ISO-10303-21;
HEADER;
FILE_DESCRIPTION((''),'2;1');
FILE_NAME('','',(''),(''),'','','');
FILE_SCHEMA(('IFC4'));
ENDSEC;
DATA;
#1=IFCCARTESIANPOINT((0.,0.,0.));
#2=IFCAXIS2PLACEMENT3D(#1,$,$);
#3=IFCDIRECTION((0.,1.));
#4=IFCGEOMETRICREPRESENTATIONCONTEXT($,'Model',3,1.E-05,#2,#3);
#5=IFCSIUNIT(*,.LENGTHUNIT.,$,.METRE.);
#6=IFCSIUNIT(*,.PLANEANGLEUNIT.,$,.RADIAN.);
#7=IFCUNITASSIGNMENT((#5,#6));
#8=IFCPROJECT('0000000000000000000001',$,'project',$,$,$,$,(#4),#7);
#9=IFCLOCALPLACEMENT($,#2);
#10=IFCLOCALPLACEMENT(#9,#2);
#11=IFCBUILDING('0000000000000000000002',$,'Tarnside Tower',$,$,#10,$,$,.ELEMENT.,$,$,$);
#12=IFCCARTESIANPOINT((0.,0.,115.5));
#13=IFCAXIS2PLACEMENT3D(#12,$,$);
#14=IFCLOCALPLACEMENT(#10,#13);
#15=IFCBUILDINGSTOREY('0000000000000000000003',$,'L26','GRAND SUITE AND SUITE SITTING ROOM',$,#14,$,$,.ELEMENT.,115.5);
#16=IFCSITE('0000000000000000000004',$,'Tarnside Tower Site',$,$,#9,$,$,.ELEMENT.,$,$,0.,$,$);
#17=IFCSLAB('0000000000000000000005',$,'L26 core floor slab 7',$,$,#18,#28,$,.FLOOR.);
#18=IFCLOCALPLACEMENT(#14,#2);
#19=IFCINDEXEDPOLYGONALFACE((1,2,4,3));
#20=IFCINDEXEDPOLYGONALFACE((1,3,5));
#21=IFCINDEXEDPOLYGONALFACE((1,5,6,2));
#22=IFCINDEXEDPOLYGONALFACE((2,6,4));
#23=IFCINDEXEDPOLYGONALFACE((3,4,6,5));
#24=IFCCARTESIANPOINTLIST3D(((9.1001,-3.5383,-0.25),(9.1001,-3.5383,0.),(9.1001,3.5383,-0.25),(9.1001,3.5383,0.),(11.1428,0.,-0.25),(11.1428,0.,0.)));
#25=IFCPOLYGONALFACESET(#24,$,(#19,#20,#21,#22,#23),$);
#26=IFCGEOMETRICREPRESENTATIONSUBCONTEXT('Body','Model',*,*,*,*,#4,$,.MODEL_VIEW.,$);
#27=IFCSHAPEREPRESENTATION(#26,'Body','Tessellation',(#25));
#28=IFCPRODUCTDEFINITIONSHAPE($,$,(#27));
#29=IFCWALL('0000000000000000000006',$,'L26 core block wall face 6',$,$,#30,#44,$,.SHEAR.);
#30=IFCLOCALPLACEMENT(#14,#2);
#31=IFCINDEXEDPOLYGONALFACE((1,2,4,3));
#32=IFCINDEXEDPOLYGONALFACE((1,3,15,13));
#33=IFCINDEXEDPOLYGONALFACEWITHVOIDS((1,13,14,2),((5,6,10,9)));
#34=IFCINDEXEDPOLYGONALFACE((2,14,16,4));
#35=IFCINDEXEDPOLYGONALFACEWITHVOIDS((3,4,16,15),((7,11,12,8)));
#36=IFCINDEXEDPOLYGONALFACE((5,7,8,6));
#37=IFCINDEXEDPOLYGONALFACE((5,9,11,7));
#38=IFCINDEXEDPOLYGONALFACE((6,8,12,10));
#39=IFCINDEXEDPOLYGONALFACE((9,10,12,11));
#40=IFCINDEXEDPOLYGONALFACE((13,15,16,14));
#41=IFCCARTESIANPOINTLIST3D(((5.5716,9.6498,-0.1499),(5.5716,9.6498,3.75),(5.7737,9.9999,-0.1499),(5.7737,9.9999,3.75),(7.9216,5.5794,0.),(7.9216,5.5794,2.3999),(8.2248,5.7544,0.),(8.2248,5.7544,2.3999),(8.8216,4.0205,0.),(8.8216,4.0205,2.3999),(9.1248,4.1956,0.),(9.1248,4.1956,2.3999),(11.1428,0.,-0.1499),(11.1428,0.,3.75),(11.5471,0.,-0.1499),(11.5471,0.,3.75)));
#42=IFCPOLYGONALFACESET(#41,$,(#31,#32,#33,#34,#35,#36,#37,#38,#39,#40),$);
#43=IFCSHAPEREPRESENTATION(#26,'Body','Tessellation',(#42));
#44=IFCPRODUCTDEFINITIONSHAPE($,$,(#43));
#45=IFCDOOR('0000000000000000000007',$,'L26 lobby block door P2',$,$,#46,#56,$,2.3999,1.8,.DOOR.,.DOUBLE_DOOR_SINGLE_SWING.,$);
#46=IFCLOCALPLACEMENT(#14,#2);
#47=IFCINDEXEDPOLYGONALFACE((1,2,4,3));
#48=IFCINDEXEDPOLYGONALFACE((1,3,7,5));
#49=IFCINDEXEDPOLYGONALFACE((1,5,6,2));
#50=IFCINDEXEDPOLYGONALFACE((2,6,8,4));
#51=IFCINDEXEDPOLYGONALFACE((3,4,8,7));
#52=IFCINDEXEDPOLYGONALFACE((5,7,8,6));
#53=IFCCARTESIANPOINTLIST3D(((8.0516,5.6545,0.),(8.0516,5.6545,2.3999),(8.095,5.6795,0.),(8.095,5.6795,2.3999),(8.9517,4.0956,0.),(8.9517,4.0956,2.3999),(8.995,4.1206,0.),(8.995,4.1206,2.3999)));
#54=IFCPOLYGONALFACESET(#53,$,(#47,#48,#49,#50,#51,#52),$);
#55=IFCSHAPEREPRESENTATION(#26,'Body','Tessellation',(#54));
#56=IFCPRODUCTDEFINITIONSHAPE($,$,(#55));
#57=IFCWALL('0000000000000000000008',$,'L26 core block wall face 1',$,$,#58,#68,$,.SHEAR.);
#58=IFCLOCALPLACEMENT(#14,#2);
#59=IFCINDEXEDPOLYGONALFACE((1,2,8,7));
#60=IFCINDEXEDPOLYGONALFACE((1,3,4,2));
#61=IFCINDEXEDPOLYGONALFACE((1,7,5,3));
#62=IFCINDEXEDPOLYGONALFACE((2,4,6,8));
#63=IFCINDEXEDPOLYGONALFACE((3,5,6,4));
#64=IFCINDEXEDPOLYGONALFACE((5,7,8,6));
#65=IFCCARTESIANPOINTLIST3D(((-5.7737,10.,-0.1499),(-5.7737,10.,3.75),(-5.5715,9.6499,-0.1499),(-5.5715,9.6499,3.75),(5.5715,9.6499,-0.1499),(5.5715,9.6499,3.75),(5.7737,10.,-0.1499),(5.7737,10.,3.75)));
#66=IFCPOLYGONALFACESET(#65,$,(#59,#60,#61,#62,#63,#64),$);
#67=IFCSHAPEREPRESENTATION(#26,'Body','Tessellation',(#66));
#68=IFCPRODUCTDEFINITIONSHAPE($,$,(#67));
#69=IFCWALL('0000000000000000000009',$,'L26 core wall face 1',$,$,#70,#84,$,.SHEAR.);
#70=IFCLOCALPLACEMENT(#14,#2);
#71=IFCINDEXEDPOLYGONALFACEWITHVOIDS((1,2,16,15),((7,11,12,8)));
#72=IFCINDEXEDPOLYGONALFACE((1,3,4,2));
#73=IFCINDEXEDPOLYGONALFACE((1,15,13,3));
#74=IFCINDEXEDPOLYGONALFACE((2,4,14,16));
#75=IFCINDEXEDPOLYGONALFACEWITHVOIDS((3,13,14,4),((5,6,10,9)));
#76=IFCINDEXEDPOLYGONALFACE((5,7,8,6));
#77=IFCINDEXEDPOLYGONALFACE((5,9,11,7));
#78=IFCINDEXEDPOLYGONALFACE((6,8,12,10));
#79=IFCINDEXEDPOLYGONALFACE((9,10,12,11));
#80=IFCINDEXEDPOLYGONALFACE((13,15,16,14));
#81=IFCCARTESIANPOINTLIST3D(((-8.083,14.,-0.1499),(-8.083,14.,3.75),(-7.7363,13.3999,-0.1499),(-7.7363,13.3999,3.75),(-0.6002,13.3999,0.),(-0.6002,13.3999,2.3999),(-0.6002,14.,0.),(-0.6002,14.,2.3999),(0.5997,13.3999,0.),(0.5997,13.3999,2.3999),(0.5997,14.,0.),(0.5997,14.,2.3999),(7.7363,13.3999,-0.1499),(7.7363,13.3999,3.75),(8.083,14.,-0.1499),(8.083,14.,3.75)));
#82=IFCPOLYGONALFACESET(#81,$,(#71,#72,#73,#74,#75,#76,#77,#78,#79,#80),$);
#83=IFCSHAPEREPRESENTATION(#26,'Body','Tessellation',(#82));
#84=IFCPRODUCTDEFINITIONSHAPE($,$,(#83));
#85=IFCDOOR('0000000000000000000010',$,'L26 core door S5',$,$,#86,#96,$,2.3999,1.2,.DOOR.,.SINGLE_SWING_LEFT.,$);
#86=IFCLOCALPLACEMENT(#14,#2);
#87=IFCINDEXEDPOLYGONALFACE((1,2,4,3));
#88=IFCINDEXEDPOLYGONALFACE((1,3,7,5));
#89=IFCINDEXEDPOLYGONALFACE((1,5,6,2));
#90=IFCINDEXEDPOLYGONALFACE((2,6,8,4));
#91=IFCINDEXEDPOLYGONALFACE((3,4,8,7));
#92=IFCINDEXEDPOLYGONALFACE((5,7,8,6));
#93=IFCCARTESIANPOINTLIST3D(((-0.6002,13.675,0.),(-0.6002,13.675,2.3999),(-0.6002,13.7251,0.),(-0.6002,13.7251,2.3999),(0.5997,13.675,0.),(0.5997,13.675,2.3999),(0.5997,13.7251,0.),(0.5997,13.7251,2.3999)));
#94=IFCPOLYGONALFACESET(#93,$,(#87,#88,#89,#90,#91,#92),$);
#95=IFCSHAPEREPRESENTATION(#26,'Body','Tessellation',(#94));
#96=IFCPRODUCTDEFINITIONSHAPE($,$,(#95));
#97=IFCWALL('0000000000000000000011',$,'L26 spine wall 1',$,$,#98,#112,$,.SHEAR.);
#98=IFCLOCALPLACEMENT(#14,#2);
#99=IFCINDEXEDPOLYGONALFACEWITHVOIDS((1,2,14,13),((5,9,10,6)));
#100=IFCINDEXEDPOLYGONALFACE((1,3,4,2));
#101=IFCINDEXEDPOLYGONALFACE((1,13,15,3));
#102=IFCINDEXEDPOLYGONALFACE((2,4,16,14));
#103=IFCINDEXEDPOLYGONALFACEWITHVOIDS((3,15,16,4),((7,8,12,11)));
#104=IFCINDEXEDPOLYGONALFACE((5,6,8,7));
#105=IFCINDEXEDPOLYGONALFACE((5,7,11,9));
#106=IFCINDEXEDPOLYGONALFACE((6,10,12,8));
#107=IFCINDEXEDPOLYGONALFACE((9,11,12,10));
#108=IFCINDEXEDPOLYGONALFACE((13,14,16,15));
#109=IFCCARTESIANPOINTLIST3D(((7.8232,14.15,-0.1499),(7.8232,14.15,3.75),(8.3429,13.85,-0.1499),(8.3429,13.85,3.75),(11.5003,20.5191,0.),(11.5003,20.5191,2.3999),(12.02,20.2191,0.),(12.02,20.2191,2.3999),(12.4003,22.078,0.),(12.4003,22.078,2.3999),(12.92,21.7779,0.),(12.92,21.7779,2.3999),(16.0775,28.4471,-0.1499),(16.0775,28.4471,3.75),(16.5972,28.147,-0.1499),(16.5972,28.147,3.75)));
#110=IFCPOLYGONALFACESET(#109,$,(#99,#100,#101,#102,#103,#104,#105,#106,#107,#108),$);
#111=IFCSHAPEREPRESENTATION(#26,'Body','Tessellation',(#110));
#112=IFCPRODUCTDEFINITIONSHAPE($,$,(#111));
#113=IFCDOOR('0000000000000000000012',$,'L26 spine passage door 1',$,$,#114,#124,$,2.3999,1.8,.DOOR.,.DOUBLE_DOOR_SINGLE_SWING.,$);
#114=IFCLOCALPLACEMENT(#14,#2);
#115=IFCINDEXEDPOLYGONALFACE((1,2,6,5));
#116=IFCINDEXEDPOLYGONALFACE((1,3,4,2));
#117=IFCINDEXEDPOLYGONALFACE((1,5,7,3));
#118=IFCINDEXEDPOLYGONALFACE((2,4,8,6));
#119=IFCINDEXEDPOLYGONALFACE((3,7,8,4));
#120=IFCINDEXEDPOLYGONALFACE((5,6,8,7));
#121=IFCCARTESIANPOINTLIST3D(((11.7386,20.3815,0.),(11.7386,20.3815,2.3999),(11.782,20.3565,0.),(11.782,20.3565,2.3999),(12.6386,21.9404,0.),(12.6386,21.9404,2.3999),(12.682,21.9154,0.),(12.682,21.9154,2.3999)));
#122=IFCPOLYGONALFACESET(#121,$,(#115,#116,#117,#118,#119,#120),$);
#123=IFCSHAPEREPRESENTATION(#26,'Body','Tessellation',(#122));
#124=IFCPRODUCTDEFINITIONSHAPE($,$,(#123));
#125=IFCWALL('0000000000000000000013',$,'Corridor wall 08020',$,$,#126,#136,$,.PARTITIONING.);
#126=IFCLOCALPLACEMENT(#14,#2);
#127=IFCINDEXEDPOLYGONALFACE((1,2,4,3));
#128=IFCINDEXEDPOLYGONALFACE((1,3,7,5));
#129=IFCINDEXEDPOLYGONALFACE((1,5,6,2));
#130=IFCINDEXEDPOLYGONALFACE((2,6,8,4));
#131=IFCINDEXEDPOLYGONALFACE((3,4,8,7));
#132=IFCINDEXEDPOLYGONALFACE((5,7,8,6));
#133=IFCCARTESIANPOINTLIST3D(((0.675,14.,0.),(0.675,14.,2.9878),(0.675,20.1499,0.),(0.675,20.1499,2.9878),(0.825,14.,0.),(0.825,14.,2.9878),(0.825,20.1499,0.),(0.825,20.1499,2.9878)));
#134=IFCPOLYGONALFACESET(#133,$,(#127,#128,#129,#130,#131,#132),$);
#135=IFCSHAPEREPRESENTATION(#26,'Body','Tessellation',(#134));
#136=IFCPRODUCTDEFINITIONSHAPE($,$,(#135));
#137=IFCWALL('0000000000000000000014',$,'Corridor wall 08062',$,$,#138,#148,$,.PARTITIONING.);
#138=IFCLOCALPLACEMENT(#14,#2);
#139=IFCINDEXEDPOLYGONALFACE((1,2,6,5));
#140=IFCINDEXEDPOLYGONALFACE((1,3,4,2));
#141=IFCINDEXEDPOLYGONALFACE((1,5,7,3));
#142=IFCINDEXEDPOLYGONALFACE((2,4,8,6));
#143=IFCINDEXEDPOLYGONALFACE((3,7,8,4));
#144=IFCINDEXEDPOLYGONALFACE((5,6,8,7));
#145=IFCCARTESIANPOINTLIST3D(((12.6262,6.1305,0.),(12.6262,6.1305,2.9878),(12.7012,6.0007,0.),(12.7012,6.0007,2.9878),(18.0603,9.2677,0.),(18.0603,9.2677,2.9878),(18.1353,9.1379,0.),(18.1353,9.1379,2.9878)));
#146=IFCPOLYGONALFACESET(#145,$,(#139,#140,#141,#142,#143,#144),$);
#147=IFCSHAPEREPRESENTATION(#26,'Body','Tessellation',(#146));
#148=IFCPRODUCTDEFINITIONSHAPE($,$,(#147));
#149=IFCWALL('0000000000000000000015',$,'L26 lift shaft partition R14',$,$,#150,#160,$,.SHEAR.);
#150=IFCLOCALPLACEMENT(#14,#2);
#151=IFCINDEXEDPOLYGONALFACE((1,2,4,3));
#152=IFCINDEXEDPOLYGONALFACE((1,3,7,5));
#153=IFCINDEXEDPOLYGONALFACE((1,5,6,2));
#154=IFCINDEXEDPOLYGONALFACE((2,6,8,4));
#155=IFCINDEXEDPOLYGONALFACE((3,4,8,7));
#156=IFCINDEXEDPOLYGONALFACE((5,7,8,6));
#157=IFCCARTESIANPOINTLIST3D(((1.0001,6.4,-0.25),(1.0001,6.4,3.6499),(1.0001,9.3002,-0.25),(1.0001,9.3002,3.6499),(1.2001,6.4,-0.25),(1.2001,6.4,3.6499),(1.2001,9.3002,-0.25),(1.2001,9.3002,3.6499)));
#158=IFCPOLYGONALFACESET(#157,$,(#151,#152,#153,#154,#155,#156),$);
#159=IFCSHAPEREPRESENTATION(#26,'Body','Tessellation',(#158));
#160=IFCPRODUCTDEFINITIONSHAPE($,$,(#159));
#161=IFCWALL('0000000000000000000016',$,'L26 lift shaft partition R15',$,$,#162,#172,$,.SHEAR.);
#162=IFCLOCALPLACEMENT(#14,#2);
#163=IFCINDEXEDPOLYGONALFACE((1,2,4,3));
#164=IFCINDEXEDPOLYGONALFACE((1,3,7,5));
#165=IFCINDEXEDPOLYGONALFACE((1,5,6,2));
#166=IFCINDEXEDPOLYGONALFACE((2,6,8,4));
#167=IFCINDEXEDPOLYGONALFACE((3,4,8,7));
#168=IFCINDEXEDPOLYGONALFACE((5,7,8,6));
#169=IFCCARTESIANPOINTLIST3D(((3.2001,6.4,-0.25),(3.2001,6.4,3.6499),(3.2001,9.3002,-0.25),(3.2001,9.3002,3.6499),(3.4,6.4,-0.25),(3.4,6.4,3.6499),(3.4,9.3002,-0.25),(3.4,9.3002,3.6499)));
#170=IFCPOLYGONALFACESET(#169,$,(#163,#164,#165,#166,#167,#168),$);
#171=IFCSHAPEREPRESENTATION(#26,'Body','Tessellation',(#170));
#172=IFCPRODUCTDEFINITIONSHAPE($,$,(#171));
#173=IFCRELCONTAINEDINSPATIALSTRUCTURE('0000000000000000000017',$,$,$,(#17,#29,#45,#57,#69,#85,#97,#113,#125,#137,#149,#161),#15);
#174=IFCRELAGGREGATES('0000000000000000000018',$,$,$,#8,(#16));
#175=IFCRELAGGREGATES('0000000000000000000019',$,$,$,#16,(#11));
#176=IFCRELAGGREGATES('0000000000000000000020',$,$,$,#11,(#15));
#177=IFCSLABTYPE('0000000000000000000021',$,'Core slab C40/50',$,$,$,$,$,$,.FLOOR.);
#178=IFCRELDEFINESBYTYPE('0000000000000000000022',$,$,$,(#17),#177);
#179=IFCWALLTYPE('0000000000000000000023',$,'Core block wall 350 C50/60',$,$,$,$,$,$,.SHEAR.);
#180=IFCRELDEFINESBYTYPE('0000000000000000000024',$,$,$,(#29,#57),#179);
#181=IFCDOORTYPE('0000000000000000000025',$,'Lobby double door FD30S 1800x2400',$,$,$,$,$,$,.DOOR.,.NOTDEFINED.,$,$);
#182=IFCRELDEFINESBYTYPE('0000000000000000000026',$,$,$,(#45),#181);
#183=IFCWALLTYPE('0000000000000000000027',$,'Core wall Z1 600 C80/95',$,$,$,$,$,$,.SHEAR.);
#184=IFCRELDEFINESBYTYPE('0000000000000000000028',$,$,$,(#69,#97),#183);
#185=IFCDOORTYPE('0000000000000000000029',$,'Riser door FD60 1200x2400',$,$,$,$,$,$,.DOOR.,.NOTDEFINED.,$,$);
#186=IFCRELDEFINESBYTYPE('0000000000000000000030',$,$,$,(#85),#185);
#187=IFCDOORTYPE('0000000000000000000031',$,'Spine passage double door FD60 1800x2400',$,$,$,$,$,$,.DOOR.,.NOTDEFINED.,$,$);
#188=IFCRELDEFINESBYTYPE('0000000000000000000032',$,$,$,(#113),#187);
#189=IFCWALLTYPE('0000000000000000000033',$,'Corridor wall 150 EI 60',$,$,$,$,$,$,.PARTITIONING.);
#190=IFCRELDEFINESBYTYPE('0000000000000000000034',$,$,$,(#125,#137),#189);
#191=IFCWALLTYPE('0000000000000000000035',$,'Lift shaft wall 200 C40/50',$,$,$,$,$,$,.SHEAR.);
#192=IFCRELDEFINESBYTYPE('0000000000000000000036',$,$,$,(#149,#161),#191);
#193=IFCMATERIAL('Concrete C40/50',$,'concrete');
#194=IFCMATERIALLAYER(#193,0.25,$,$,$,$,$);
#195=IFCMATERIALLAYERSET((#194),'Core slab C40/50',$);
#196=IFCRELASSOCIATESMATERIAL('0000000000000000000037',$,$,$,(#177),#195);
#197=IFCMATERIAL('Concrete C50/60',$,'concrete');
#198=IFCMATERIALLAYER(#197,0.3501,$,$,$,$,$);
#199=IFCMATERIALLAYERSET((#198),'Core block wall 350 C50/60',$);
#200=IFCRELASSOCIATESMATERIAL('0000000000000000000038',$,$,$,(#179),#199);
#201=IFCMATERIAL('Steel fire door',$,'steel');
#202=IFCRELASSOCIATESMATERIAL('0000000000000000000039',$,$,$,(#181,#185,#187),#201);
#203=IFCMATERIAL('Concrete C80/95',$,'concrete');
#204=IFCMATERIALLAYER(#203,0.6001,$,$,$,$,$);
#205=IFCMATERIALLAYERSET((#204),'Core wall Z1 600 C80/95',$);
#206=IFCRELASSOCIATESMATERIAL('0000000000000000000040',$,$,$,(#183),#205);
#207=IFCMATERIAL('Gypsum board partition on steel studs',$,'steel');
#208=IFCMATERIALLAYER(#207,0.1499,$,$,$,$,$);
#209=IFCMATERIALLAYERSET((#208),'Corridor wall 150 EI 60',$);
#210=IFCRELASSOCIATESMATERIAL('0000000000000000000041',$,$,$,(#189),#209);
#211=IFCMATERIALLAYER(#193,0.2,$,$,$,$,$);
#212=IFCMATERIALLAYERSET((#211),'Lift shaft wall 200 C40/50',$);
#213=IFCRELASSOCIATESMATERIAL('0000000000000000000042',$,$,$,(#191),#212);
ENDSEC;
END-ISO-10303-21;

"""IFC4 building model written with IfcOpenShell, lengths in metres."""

from ifc_helpers import new_model, si_unit, direction, frame, frame_2d, origin, place, context, subcontext, project, spatial, polyline, rectangle, outline, extrude, material, layer, layer_set, type_object, element, fill, save


model = new_model("IFC4")

# Units and contexts
model_context = context("Model", 3, precision=1e-05, world=origin(), true_north=direction((0.0, 1.0)))
body_context = subcontext(model_context, "Body", "Model", "MODEL_VIEW")
ifc_project = project(units=[si_unit("LENGTHUNIT", "METRE"), si_unit("PLANEANGLEUNIT", "RADIAN")], contexts=[model_context])

# Site, building, storey
site_placement = place(None, origin())
site = spatial("IfcSite", under=ifc_project, at=site_placement, Name="Tarnside Tower Site", CompositionType="ELEMENT", RefElevation=0.0)
building_placement = place(site_placement, origin())
building = spatial("IfcBuilding", under=site, at=building_placement, Name="Tarnside Tower", CompositionType="ELEMENT")
storey_placement = place(building_placement, frame((0.0, 0.0, 115.5)))
storey = spatial("IfcBuildingStorey", under=building, at=storey_placement, Name="L26", Description="GRAND SUITE AND SUITE SITTING ROOM", CompositionType="ELEMENT", Elevation=115.5)

# Slab
ifc_material_1 = material(Name="Concrete C40/50", Category="concrete")
ifc_layer_1 = layer(ifc_material_1, 0.25)
ifc_layer_set_1 = layer_set([ifc_layer_1], Name="Core slab C40/50")
slab_type = type_object("IfcSlabType", Name="Core slab C40/50", PredefinedType="FLOOR", material=ifc_layer_set_1)
slab_placement = place(storey_placement, frame((0.0, 0.0, -0.25)))
element("IfcSlab", 1, at=slab_placement, inside=storey, type_object=slab_type, Name="L26 core floor slab 7", PredefinedType="FLOOR", context=body_context, shape_type="SweptSolid", body=[
    extrude(outline(polyline([(9.1001, -3.5383), (9.1001, 3.5383), (11.1428, 0.0), (9.1001, -3.5383)])), origin(), (0.0, 0.0, 1.0), 0.25),
])

# Wall, opening, door
ifc_material_2 = material(Name="Concrete C50/60", Category="concrete")
ifc_layer_2 = layer(ifc_material_2, 0.3501)
ifc_layer_set_2 = layer_set([ifc_layer_2], Name="Core block wall 350 C50/60")
wall_type_1 = type_object("IfcWallType", Name="Core block wall 350 C50/60", PredefinedType="SHEAR", material=ifc_layer_set_2)
wall_1_placement = place(storey_placement, frame((11.345, 0.0, -0.1499), z_axis=(0.0, 0.0, 1.0), x_axis=(-0.499995, 0.866028, 0.0)))
wall_1 = element("IfcWall", 2, at=wall_1_placement, inside=storey, type_object=wall_type_1, Name="L26 core block wall face 6", PredefinedType="SHEAR", context=body_context, shape_type="SweptSolid", body=[
    extrude(outline(polyline([(-0.1011, -0.175), (11.4458, -0.175), (11.2437, 0.175), (0.1011, 0.175), (-0.1011, -0.175)])), origin(), (0.0, 0.0, 1.0), 3.8999),
])
opening_1_placement = place(wall_1_placement, frame((4.7437, 0.0, 0.1499)))
opening_1 = element("IfcOpeningElement", 3, at=opening_1_placement, cuts=wall_1, PredefinedType="OPENING", context=body_context, shape_type="SweptSolid", body=[
    extrude(rectangle(XDim=1.8, YDim=2.3999, at=frame_2d((0.8999, 1.2))), frame((0.0, 0.1851, 0.0), z_axis=(0.0, -1.0, 0.0), x_axis=(1.0, 0.0, 0.0)), (0.0, 0.0, 1.0), 0.3701),
])
ifc_material_3 = material(Name="Steel fire door", Category="steel")
door_type_1 = type_object("IfcDoorType", Name="Lobby double door FD30S 1800x2400", OperationType="NOTDEFINED", PredefinedType="DOOR", material=ifc_material_3)
door_1_placement = place(opening_1_placement, origin())
door_1 = element("IfcDoor", 4, at=door_1_placement, inside=storey, type_object=door_type_1, Name="L26 lobby block door P2", OperationType="DOUBLE_DOOR_SINGLE_SWING", OverallHeight=2.3999, OverallWidth=1.8, PredefinedType="DOOR", context=body_context, shape_type="SweptSolid", body=[
    extrude(rectangle(XDim=1.8, YDim=2.3999, at=frame_2d((0.8999, 1.2))), frame((0.0, 0.0249, 0.0), z_axis=(0.0, -1.0, 0.0), x_axis=(1.0, 0.0, 0.0)), (0.0, 0.0, 1.0), 0.05),
])
fill(opening_1, door_1)

# Wall
wall_2_placement = place(storey_placement, frame((5.6726, 9.825, -0.1499), z_axis=(0.0, 0.0, 1.0), x_axis=(-1.0, 0.0, 0.0)))
element("IfcWall", 5, at=wall_2_placement, inside=storey, type_object=wall_type_1, Name="L26 core block wall face 1", PredefinedType="SHEAR", context=body_context, shape_type="SweptSolid", body=[
    extrude(outline(polyline([(-0.1011, -0.175), (11.4463, -0.175), (11.2441, 0.175), (0.1011, 0.175), (-0.1011, -0.175)])), origin(), (0.0, 0.0, 1.0), 3.8999),
])

# Walls, openings, doors
ifc_material_4 = material(Name="Concrete C80/95", Category="concrete")
ifc_layer_3 = layer(ifc_material_4, 0.6001)
ifc_layer_set_3 = layer_set([ifc_layer_3], Name="Core wall Z1 600 C80/95")
wall_type_2 = type_object("IfcWallType", Name="Core wall Z1 600 C80/95", PredefinedType="SHEAR", material=ifc_layer_set_3)
wall_3_placement = place(storey_placement, frame((7.9097, 13.7, -0.1499), z_axis=(0.0, 0.0, 1.0), x_axis=(-1.0, 0.0, 0.0)))
wall_3 = element("IfcWall", 6, at=wall_3_placement, inside=storey, type_object=wall_type_2, Name="L26 core wall face 1", PredefinedType="SHEAR", context=body_context, shape_type="SweptSolid", body=[
    extrude(outline(polyline([(-0.1733, -0.3), (15.9927, -0.3), (15.646, 0.3), (0.1733, 0.3), (-0.1733, -0.3)])), origin(), (0.0, 0.0, 1.0), 3.8999),
])
opening_2_placement = place(wall_3_placement, frame((7.3098, 0.0, 0.1499)))
opening_2 = element("IfcOpeningElement", 7, at=opening_2_placement, cuts=wall_3, PredefinedType="OPENING", context=body_context, shape_type="SweptSolid", body=[
    extrude(rectangle(XDim=1.2, YDim=2.3999, at=frame_2d((0.6001, 1.2))), frame((0.0, 0.3101, 0.0), z_axis=(0.0, -1.0, 0.0), x_axis=(1.0, 0.0, 0.0)), (0.0, 0.0, 1.0), 0.6201),
])
door_type_2 = type_object("IfcDoorType", Name="Riser door FD60 1200x2400", OperationType="NOTDEFINED", PredefinedType="DOOR", material=ifc_material_3)
door_2_placement = place(opening_2_placement, origin())
door_2 = element("IfcDoor", 8, at=door_2_placement, inside=storey, type_object=door_type_2, Name="L26 core door S5", OperationType="SINGLE_SWING_LEFT", OverallHeight=2.3999, OverallWidth=1.2, PredefinedType="DOOR", context=body_context, shape_type="SweptSolid", body=[
    extrude(rectangle(XDim=1.2, YDim=2.3999, at=frame_2d((0.6001, 1.2))), frame((0.0, 0.0249, 0.0), z_axis=(0.0, -1.0, 0.0), x_axis=(1.0, 0.0, 0.0)), (0.0, 0.0, 1.0), 0.05),
])
fill(opening_2, door_2)
wall_4_placement = place(storey_placement, frame((8.083, 14.0, -0.1499), z_axis=(0.0, 0.0, 1.0), x_axis=(0.499998, 0.866027, 0.0)))
wall_4 = element("IfcWall", 9, at=wall_4_placement, inside=storey, type_object=wall_type_2, Name="L26 spine wall 1", PredefinedType="SHEAR", context=body_context, shape_type="SweptSolid", body=[
    extrude(rectangle(XDim=16.5088, YDim=0.6001, at=frame_2d((8.2544, 0.0))), origin(), (0.0, 0.0, 1.0), 3.8999),
])
opening_3_placement = place(wall_4_placement, frame((7.3545, 0.0, 0.1499)))
opening_3 = element("IfcOpeningElement", 10, at=opening_3_placement, cuts=wall_4, PredefinedType="OPENING", context=body_context, shape_type="SweptSolid", body=[
    extrude(rectangle(XDim=1.8, YDim=2.3999, at=frame_2d((0.8999, 1.2))), frame((0.0, 0.3101, 0.0), z_axis=(0.0, -1.0, 0.0), x_axis=(1.0, 0.0, 0.0)), (0.0, 0.0, 1.0), 0.6201),
])
door_type_3 = type_object("IfcDoorType", Name="Spine passage double door FD60 1800x2400", OperationType="NOTDEFINED", PredefinedType="DOOR", material=ifc_material_3)
door_3_placement = place(opening_3_placement, origin())
door_3 = element("IfcDoor", 11, at=door_3_placement, inside=storey, type_object=door_type_3, Name="L26 spine passage door 1", OperationType="DOUBLE_DOOR_SINGLE_SWING", OverallHeight=2.3999, OverallWidth=1.8, PredefinedType="DOOR", context=body_context, shape_type="SweptSolid", body=[
    extrude(rectangle(XDim=1.8, YDim=2.3999, at=frame_2d((0.8999, 1.2))), frame((0.0, 0.0249, 0.0), z_axis=(0.0, -1.0, 0.0), x_axis=(1.0, 0.0, 0.0)), (0.0, 0.0, 1.0), 0.05),
])
fill(opening_3, door_3)

# Walls
ifc_material_5 = material(Name="Gypsum board partition on steel studs", Category="steel")
ifc_layer_4 = layer(ifc_material_5, 0.1499)
ifc_layer_set_4 = layer_set([ifc_layer_4], Name="Corridor wall 150 EI 60")
wall_type_3 = type_object("IfcWallType", Name="Corridor wall 150 EI 60", PredefinedType="PARTITIONING", material=ifc_layer_set_4)
wall_5_placement = place(storey_placement, frame((0.75, 14.0, 0.0), z_axis=(0.0, 0.0, 1.0), x_axis=(0.0, 1.0, 0.0)))
element("IfcWall", 12, at=wall_5_placement, inside=storey, type_object=wall_type_3, Name="Corridor wall 08020", PredefinedType="PARTITIONING", context=body_context, shape_type="SweptSolid", body=[
    extrude(rectangle(XDim=6.1499, YDim=0.1499, at=frame_2d((3.075, 0.0))), origin(), (0.0, 0.0, 1.0), 2.9878),
])
wall_6_placement = place(storey_placement, frame((12.6638, 6.0657, 0.0), z_axis=(0.0, 0.0, 1.0), x_axis=(0.866037, 0.499981, 0.0)))
element("IfcWall", 13, at=wall_6_placement, inside=storey, type_object=wall_type_3, Name="Corridor wall 08062", PredefinedType="PARTITIONING", context=body_context, shape_type="SweptSolid", body=[
    extrude(rectangle(XDim=6.2747, YDim=0.1499, at=frame_2d((3.1372, 0.0))), origin(), (0.0, 0.0, 1.0), 2.9878),
])
ifc_layer_5 = layer(ifc_material_1, 0.2)
ifc_layer_set_5 = layer_set([ifc_layer_5], Name="Lift shaft wall 200 C40/50")
wall_type_4 = type_object("IfcWallType", Name="Lift shaft wall 200 C40/50", PredefinedType="SHEAR", material=ifc_layer_set_5)
for number, where, z_axis, x_axis, name in (
    (14, (1.1001, 6.3999, -0.25), (0.0, 0.0, 1.0), (0.0, 1.0, 0.0), "L26 lift shaft partition R14"),
    (15, (3.3, 6.3999, -0.25), (0.0, 0.0, 1.0), (0.0, 1.0, 0.0), "L26 lift shaft partition R15"),
):
    element("IfcWall", number, at=place(storey_placement, frame(where, z_axis=z_axis, x_axis=x_axis)), inside=storey, type_object=wall_type_4, Name=name, PredefinedType="SHEAR", context=body_context, shape_type="SweptSolid", body=[
        extrude(rectangle(XDim=2.9001, YDim=0.2, at=frame_2d((1.4502, 0.0))), origin(), (0.0, 0.0, 1.0), 3.8999),
    ])

save(model, "model.ifc")
